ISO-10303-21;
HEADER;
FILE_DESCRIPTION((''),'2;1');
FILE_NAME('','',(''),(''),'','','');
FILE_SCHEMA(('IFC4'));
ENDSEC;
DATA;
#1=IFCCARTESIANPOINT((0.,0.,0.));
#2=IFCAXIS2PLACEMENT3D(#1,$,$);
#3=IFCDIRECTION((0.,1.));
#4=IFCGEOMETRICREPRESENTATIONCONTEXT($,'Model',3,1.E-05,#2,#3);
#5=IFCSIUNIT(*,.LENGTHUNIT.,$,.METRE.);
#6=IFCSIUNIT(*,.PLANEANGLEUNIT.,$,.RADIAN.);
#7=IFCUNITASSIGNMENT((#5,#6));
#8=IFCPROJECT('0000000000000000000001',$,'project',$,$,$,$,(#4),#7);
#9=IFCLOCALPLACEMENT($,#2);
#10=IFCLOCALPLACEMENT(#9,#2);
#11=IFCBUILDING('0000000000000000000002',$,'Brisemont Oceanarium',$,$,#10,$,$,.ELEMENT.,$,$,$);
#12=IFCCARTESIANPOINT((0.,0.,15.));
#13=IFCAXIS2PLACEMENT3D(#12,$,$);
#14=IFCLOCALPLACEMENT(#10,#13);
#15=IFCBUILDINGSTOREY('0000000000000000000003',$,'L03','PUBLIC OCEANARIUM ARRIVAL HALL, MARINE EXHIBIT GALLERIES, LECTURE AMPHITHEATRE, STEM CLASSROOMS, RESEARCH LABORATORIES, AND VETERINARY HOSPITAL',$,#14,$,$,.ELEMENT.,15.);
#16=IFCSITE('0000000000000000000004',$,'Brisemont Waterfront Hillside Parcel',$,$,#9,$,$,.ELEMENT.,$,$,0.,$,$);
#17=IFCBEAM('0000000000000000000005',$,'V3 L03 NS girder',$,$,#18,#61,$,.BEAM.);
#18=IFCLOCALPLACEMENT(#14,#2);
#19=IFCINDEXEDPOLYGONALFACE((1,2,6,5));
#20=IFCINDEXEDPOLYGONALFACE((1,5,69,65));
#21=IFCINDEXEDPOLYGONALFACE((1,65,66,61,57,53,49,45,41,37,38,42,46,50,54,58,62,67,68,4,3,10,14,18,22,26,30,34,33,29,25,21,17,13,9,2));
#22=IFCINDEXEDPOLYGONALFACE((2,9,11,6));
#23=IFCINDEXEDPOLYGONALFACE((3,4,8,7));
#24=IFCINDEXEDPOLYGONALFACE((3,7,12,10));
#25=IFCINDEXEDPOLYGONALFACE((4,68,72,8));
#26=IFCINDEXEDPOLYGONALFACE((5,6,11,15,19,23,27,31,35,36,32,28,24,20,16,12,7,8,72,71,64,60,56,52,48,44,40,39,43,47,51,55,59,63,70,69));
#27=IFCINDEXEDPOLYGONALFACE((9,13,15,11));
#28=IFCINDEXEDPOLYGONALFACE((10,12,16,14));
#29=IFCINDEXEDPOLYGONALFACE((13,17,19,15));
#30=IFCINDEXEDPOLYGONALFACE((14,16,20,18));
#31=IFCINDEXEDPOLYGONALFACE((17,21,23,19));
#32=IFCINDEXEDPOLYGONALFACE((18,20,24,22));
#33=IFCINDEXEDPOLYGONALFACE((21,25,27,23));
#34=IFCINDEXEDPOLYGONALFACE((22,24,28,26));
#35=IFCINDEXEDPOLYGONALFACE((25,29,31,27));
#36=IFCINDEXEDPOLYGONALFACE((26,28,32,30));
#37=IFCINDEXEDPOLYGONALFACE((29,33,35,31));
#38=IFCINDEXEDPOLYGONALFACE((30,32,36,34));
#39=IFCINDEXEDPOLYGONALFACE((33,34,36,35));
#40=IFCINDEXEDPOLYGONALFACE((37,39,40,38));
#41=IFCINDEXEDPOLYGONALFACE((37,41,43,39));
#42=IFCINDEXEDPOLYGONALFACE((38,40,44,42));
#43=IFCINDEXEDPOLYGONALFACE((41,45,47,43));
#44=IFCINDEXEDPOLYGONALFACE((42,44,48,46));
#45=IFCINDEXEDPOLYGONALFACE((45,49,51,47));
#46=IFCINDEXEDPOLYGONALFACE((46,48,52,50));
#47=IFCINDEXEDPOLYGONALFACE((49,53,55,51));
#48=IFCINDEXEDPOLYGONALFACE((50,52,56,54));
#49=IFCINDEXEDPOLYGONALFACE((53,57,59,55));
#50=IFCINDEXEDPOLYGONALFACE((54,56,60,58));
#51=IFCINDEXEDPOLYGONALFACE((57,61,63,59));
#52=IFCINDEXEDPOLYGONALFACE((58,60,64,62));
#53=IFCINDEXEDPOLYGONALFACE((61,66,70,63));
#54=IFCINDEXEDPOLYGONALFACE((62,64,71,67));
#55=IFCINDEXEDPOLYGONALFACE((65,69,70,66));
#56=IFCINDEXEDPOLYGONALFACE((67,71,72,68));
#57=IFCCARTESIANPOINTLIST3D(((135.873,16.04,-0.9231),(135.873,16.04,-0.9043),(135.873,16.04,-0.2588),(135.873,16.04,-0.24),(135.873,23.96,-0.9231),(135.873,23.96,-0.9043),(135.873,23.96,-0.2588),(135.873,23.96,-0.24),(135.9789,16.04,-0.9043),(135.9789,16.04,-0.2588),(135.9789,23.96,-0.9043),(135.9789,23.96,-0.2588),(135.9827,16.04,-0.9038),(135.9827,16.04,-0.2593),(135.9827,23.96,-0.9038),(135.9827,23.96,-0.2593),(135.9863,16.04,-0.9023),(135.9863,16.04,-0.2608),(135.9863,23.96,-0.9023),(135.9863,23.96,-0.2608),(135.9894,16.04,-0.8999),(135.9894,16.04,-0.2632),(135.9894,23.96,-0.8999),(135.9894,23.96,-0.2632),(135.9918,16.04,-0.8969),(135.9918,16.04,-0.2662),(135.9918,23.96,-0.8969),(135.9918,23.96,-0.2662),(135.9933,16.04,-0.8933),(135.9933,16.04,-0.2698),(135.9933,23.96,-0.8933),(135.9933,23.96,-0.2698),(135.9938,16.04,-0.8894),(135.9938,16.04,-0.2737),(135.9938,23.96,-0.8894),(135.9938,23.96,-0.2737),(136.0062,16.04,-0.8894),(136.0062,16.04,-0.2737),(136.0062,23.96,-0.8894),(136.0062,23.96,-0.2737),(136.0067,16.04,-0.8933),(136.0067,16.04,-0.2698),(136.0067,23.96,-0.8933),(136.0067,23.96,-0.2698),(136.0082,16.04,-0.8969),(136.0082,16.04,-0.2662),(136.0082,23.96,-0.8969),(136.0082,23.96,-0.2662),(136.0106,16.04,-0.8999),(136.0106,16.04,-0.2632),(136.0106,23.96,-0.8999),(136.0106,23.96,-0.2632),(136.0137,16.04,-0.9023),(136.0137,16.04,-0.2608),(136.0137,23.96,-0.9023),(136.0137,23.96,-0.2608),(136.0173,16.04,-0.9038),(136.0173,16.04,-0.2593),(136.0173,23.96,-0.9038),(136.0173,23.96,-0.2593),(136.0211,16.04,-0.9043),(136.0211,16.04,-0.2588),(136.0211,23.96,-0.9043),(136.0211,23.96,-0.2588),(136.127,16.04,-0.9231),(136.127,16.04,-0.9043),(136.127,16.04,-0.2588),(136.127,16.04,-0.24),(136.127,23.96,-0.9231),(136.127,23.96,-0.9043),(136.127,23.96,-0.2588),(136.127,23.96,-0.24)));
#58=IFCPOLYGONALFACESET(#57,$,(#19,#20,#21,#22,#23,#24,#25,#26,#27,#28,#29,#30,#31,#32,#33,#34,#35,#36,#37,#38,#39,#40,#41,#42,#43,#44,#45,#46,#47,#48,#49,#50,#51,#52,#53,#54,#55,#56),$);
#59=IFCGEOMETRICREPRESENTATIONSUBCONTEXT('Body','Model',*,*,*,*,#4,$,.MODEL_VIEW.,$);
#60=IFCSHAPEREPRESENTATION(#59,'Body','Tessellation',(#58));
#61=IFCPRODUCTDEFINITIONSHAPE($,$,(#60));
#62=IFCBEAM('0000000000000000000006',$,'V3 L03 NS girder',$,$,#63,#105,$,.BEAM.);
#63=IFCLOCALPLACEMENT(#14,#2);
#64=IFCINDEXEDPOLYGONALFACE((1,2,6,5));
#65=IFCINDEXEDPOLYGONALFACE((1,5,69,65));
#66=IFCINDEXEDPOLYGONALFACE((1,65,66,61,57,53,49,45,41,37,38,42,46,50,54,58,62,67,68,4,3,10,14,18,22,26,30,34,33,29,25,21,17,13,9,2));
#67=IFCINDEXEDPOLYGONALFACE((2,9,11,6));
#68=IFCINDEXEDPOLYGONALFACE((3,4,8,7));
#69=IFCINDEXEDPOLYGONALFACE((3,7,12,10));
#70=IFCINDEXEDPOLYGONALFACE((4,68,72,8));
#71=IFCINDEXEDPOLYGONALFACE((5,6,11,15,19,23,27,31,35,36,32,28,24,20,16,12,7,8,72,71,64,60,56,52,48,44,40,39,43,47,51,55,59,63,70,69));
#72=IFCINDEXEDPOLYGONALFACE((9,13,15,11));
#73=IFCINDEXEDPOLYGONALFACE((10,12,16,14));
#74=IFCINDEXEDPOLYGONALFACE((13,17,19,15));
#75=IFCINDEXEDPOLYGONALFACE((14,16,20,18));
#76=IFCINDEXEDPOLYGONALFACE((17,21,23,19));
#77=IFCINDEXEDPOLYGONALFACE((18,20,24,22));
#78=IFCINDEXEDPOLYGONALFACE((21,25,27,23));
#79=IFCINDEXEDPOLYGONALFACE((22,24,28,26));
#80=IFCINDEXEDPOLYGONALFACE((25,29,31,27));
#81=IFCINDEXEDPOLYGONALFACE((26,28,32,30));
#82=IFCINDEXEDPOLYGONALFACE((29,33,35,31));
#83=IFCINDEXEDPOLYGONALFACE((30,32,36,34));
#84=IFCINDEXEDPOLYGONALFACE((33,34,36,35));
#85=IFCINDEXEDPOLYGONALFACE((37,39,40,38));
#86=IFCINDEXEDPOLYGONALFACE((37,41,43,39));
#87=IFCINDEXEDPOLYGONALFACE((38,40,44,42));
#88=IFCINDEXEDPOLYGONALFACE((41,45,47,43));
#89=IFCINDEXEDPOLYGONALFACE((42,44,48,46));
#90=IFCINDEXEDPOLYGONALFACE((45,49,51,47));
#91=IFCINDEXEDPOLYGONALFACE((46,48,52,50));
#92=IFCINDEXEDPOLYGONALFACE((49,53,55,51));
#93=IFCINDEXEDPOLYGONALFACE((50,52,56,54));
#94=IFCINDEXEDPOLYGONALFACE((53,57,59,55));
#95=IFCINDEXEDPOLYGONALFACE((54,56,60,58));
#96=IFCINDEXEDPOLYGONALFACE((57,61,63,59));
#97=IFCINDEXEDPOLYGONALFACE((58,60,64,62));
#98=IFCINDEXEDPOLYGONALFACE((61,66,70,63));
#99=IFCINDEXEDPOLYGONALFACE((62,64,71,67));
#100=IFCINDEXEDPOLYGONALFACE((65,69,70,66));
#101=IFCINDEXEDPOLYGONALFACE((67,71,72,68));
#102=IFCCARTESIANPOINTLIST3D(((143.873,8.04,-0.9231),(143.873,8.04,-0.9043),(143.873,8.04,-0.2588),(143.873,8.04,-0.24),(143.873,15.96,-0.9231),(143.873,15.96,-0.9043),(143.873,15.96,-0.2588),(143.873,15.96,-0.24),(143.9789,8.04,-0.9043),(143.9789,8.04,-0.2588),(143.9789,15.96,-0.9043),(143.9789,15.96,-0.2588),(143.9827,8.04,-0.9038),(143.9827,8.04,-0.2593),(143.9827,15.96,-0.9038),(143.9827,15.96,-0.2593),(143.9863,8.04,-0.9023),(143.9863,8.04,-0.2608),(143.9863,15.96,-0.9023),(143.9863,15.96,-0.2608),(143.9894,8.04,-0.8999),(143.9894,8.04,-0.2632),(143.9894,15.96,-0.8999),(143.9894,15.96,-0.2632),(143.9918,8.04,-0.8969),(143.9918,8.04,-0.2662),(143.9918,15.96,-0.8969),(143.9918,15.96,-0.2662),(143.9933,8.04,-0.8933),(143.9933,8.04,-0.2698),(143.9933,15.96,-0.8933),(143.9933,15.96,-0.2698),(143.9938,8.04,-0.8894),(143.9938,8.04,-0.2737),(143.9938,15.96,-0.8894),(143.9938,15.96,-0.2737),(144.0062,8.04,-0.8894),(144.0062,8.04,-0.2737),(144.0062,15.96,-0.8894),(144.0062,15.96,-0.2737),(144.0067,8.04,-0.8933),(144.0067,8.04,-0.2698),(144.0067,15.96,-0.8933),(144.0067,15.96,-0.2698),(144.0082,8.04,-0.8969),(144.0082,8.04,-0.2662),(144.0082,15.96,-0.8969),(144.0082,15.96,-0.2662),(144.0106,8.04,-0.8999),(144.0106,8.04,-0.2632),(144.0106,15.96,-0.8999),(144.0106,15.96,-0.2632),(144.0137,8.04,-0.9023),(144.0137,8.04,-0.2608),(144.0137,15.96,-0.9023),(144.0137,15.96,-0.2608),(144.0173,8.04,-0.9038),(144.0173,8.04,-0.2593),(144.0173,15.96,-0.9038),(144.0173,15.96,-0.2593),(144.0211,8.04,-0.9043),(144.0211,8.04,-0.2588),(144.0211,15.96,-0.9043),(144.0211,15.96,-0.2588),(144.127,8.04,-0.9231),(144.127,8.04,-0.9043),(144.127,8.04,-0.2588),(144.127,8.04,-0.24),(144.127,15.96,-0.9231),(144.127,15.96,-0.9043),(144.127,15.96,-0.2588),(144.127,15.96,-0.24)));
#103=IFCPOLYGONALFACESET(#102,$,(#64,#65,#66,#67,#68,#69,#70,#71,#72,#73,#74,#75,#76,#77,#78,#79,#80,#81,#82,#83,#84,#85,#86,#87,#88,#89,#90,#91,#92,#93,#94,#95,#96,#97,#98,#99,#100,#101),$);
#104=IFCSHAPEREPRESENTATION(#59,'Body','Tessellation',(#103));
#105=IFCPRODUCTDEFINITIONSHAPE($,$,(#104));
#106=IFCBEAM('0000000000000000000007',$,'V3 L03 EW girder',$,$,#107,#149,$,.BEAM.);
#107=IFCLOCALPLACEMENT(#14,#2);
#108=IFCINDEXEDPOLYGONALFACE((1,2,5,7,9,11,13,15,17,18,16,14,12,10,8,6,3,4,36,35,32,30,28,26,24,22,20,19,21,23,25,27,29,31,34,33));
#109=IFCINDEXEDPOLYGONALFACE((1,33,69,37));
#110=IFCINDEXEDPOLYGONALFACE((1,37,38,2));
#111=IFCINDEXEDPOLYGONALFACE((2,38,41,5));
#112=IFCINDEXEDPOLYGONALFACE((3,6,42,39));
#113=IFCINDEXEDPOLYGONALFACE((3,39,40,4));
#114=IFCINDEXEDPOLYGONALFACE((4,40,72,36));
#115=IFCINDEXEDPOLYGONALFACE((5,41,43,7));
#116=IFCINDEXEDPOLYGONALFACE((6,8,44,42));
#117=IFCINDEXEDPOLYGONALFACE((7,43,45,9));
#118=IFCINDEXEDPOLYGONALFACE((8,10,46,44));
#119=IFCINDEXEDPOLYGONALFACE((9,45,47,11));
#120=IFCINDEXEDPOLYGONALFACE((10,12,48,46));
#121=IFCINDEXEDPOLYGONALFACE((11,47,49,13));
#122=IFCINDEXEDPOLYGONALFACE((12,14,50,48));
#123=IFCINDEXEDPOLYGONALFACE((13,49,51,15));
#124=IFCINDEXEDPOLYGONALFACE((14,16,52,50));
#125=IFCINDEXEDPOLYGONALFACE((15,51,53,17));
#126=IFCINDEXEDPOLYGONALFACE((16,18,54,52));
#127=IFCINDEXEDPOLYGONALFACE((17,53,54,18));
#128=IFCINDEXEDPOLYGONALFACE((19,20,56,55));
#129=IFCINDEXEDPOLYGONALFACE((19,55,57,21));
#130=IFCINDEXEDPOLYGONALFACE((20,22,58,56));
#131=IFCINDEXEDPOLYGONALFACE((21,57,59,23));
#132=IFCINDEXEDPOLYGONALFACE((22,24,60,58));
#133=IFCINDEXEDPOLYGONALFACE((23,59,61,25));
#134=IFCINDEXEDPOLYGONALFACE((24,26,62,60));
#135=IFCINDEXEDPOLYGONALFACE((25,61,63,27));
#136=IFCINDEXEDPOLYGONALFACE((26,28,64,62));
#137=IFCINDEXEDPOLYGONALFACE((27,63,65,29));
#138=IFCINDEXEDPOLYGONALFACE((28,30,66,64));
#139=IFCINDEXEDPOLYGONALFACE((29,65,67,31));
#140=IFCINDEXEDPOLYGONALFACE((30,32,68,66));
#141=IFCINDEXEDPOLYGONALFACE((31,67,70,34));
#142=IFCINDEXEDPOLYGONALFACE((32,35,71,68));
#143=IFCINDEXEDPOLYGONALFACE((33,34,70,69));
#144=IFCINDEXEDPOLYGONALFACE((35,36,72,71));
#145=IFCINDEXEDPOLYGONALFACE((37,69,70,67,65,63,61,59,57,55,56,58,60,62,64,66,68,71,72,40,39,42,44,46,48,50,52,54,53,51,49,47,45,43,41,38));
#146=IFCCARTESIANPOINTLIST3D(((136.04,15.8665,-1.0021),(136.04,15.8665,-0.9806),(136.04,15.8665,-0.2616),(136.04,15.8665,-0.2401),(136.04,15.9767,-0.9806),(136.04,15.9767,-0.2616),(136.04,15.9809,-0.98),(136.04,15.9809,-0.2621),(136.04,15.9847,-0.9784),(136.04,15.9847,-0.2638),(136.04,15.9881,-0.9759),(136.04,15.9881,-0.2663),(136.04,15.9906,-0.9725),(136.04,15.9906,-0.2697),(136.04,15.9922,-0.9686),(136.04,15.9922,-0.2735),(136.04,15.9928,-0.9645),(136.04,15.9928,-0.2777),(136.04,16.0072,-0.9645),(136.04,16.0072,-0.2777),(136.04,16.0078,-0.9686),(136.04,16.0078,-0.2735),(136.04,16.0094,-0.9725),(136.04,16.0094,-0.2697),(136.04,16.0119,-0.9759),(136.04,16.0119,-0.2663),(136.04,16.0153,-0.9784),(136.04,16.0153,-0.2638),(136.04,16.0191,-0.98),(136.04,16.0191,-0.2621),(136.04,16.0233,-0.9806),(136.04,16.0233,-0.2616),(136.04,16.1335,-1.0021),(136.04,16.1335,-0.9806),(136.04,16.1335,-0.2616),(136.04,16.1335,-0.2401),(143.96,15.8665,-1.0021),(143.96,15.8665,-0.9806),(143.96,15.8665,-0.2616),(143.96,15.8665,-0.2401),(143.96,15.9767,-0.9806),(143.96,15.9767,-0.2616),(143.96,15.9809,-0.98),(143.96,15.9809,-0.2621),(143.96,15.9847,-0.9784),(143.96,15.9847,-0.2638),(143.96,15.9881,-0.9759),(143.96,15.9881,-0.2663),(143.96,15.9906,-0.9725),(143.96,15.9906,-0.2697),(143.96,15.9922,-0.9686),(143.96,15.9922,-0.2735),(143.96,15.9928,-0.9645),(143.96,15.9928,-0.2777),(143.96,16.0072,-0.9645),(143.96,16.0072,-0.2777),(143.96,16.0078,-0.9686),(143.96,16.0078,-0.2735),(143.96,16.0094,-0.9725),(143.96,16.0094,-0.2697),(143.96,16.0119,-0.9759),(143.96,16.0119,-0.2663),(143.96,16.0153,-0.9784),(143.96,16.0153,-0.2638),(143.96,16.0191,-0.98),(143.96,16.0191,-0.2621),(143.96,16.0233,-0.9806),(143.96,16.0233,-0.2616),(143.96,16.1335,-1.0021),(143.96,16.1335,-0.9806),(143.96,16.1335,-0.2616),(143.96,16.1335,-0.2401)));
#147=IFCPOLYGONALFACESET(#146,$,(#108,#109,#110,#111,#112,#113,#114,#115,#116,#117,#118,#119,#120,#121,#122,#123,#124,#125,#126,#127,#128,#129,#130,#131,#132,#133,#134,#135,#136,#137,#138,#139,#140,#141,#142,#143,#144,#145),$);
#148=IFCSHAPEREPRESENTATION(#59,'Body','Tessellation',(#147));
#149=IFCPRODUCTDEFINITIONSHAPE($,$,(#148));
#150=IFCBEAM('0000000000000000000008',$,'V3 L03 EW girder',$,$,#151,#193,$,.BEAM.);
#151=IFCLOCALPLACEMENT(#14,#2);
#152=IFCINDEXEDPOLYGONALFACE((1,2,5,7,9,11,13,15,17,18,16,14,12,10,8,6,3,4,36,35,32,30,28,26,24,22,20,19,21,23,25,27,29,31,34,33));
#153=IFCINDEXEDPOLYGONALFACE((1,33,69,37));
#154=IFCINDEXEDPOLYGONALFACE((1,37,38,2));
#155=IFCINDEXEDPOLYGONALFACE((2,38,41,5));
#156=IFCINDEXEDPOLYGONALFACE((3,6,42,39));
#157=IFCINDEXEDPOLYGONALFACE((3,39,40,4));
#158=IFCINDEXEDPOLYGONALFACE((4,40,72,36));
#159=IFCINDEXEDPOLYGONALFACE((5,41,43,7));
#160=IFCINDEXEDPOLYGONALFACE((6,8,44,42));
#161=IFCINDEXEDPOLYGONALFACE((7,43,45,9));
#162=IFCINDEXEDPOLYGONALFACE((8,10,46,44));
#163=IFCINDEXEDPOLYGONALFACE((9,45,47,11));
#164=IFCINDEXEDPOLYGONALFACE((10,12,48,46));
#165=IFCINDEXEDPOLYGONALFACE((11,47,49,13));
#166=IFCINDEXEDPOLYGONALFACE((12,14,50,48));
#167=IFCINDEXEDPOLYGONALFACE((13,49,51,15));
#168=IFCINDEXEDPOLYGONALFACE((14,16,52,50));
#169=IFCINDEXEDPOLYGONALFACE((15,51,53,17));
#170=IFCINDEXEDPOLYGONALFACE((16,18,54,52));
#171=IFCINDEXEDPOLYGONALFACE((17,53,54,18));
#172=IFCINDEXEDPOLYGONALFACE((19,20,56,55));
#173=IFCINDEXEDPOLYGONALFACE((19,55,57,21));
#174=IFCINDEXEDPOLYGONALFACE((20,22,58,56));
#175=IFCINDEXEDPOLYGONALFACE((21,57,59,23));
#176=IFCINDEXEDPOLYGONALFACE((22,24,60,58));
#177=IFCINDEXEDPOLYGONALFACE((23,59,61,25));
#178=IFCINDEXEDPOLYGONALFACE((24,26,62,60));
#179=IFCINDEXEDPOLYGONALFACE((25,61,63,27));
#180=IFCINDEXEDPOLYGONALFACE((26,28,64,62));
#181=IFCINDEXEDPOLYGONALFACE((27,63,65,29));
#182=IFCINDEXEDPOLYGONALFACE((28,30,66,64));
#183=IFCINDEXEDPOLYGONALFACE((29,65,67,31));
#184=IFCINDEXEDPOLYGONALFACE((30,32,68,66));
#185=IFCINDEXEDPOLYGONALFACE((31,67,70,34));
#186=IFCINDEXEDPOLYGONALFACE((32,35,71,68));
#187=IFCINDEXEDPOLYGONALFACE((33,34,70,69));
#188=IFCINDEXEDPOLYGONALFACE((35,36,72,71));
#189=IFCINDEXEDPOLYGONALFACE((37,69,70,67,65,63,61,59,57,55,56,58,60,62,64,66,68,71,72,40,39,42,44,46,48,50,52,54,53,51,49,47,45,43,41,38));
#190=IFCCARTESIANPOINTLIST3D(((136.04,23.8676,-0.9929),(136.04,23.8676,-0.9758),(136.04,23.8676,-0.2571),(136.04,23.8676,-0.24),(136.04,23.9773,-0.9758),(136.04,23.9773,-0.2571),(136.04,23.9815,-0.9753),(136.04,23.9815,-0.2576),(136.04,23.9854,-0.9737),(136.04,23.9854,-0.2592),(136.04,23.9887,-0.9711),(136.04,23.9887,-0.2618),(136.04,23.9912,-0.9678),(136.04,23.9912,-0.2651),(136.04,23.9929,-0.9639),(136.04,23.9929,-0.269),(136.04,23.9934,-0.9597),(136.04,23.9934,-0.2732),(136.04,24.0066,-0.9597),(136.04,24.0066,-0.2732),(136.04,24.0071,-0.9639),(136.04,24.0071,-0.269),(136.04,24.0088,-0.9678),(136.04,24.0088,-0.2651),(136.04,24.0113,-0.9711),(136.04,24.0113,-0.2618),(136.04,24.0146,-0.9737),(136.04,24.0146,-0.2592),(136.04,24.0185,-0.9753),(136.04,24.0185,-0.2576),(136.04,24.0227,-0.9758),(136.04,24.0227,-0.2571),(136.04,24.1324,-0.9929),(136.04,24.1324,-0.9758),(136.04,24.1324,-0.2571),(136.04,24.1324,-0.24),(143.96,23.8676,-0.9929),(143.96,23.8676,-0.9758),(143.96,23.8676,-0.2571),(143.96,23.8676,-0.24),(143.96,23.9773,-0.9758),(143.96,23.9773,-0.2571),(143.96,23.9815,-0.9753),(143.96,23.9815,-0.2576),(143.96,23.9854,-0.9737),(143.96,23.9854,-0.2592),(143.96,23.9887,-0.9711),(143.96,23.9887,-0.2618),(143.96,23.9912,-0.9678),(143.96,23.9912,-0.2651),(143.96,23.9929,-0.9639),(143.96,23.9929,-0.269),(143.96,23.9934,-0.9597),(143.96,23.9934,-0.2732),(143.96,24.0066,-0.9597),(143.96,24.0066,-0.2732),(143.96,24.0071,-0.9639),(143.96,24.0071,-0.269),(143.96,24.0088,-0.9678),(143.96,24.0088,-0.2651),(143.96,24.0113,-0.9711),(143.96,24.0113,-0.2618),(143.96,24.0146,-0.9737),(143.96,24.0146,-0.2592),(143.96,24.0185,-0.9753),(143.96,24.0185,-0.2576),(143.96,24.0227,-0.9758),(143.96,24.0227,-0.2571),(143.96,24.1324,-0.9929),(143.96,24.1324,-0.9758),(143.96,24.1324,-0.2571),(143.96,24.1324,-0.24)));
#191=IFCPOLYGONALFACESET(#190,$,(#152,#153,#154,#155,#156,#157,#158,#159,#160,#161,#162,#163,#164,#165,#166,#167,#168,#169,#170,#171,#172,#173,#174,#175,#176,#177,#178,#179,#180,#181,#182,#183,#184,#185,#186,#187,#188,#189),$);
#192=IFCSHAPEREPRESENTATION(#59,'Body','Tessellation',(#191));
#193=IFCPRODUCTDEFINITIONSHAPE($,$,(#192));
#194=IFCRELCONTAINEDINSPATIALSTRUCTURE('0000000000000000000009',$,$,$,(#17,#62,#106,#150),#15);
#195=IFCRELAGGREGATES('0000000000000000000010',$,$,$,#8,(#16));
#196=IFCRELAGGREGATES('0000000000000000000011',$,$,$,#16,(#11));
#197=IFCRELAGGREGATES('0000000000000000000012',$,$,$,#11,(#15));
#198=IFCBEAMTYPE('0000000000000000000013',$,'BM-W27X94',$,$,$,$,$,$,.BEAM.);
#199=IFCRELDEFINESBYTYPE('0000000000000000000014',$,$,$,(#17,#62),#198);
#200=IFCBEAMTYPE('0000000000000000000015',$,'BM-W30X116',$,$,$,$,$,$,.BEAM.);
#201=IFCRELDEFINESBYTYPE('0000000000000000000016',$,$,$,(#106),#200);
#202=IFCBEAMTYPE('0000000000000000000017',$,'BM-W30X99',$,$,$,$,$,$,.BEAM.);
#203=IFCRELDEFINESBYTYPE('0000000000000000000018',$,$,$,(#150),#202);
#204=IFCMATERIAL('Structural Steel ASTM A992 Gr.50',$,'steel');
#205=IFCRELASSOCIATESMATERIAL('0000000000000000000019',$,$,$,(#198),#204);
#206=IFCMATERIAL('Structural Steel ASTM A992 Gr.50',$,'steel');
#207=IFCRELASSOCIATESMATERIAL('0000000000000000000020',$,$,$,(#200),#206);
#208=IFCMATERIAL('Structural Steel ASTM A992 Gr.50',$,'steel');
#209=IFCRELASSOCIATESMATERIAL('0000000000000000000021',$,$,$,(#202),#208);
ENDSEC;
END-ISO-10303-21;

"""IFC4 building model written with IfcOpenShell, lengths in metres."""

from ifc_helpers import new_model, si_unit, direction, frame, origin, origin_2d, place, context, subcontext, project, spatial, i_section, extrude, material, material_profile, profile_set, type_object, element, save


model = new_model("IFC4")

# Units and contexts
model_context = context("Model", 3, precision=1e-05, world=origin(), true_north=direction((0.0, 1.0)))
body_context = subcontext(model_context, "Body", "Model", "MODEL_VIEW")
ifc_project = project(units=[si_unit("LENGTHUNIT", "METRE"), si_unit("PLANEANGLEUNIT", "RADIAN")], contexts=[model_context])

# Site, building, storey
site_placement = place(None, origin())
site = spatial("IfcSite", under=ifc_project, at=site_placement, Name="Brisemont Waterfront Hillside Parcel", CompositionType="ELEMENT", RefElevation=0.0)
building_placement = place(site_placement, origin())
building = spatial("IfcBuilding", under=site, at=building_placement, Name="Brisemont Oceanarium", CompositionType="ELEMENT")
storey_placement = place(building_placement, frame((0.0, 0.0, 15.0)))
storey = spatial("IfcBuildingStorey", under=building, at=storey_placement, Name="L03", Description="PUBLIC OCEANARIUM ARRIVAL HALL, MARINE EXHIBIT GALLERIES, LECTURE AMPHITHEATRE, STEM CLASSROOMS, RESEARCH LABORATORIES, AND VETERINARY HOSPITAL", CompositionType="ELEMENT", Elevation=15.0)

# Beams
ifc_material_1 = material(Name="Structural Steel ASTM A992 Gr.50", Category="steel")
ifc_material_profile_1 = material_profile(ifc_material_1, i_section(OverallWidth=0.2539, OverallDepth=0.6831, WebThickness=0.0125, FlangeThickness=0.0188, FilletRadius=0.0149, at=origin_2d()), Name="W27X94")
ifc_profile_set_1 = profile_set([ifc_material_profile_1], Name="Structural Steel ASTM A992 Gr.50")
beam_type_1 = type_object("IfcBeamType", Name="BM-W27X94", PredefinedType="BEAM", material=ifc_profile_set_1)
for number, where, z_axis, x_axis, name in (
    (1, (136.0, 16.04, -0.5815), (0.0, 1.0, 0.0), (-1.0, 0.0, 0.0), "V3 L03 NS girder"),
    (2, (144.0, 8.04, -0.5815), (0.0, 1.0, 0.0), (-1.0, 0.0, 0.0), "V3 L03 NS girder"),
):
    element("IfcBeam", number, at=place(storey_placement, frame(where, z_axis=z_axis, x_axis=x_axis)), inside=storey, type_object=beam_type_1, Name=name, PredefinedType="BEAM", context=body_context, shape_type="SweptSolid", body=[
        extrude(i_section(OverallWidth=0.2539, OverallDepth=0.6831, WebThickness=0.0125, FlangeThickness=0.0188, FilletRadius=0.0149, at=origin_2d()), origin(), (0.0, 0.0, 1.0), 7.9199),
    ])
ifc_material_2 = material(Name="Structural Steel ASTM A992 Gr.50", Category="steel")
ifc_material_profile_2 = material_profile(ifc_material_2, i_section(OverallWidth=0.2671, OverallDepth=0.762, WebThickness=0.0144, FlangeThickness=0.0215, FilletRadius=0.0161, at=origin_2d()), Name="W30X116")
ifc_profile_set_2 = profile_set([ifc_material_profile_2], Name="Structural Steel ASTM A992 Gr.50")
beam_type_2 = type_object("IfcBeamType", Name="BM-W30X116", PredefinedType="BEAM", material=ifc_profile_set_2)
beam_1_placement = place(storey_placement, frame((136.04, 16.0, -0.6211), z_axis=(1.0, 0.0, 0.0), x_axis=(0.0, 1.0, 0.0)))
element("IfcBeam", 3, at=beam_1_placement, inside=storey, type_object=beam_type_2, Name="V3 L03 EW girder", PredefinedType="BEAM", context=body_context, shape_type="SweptSolid", body=[
    extrude(i_section(OverallWidth=0.2671, OverallDepth=0.762, WebThickness=0.0144, FlangeThickness=0.0215, FilletRadius=0.0161, at=origin_2d()), origin(), (0.0, 0.0, 1.0), 7.9199),
])
ifc_material_3 = material(Name="Structural Steel ASTM A992 Gr.50", Category="steel")
ifc_material_profile_3 = material_profile(ifc_material_3, i_section(OverallWidth=0.2649, OverallDepth=0.7529, WebThickness=0.0132, FlangeThickness=0.0171, FilletRadius=0.0161, at=origin_2d()), Name="W30X99")
ifc_profile_set_3 = profile_set([ifc_material_profile_3], Name="Structural Steel ASTM A992 Gr.50")
beam_type_3 = type_object("IfcBeamType", Name="BM-W30X99", PredefinedType="BEAM", material=ifc_profile_set_3)
for number, where, z_axis, x_axis, name in (
    (4, (136.04, 24.0, -0.6165), (1.0, 0.0, 0.0), (0.0, 1.0, 0.0), "V3 L03 EW girder"),
):
    element("IfcBeam", number, at=place(storey_placement, frame(where, z_axis=z_axis, x_axis=x_axis)), inside=storey, type_object=beam_type_3, Name=name, PredefinedType="BEAM", context=body_context, shape_type="SweptSolid", body=[
        extrude(i_section(OverallWidth=0.2649, OverallDepth=0.7529, WebThickness=0.0132, FlangeThickness=0.0171, FilletRadius=0.0161, at=origin_2d()), origin(), (0.0, 0.0, 1.0), 7.9199),
    ])

save(model, "model.ifc")
